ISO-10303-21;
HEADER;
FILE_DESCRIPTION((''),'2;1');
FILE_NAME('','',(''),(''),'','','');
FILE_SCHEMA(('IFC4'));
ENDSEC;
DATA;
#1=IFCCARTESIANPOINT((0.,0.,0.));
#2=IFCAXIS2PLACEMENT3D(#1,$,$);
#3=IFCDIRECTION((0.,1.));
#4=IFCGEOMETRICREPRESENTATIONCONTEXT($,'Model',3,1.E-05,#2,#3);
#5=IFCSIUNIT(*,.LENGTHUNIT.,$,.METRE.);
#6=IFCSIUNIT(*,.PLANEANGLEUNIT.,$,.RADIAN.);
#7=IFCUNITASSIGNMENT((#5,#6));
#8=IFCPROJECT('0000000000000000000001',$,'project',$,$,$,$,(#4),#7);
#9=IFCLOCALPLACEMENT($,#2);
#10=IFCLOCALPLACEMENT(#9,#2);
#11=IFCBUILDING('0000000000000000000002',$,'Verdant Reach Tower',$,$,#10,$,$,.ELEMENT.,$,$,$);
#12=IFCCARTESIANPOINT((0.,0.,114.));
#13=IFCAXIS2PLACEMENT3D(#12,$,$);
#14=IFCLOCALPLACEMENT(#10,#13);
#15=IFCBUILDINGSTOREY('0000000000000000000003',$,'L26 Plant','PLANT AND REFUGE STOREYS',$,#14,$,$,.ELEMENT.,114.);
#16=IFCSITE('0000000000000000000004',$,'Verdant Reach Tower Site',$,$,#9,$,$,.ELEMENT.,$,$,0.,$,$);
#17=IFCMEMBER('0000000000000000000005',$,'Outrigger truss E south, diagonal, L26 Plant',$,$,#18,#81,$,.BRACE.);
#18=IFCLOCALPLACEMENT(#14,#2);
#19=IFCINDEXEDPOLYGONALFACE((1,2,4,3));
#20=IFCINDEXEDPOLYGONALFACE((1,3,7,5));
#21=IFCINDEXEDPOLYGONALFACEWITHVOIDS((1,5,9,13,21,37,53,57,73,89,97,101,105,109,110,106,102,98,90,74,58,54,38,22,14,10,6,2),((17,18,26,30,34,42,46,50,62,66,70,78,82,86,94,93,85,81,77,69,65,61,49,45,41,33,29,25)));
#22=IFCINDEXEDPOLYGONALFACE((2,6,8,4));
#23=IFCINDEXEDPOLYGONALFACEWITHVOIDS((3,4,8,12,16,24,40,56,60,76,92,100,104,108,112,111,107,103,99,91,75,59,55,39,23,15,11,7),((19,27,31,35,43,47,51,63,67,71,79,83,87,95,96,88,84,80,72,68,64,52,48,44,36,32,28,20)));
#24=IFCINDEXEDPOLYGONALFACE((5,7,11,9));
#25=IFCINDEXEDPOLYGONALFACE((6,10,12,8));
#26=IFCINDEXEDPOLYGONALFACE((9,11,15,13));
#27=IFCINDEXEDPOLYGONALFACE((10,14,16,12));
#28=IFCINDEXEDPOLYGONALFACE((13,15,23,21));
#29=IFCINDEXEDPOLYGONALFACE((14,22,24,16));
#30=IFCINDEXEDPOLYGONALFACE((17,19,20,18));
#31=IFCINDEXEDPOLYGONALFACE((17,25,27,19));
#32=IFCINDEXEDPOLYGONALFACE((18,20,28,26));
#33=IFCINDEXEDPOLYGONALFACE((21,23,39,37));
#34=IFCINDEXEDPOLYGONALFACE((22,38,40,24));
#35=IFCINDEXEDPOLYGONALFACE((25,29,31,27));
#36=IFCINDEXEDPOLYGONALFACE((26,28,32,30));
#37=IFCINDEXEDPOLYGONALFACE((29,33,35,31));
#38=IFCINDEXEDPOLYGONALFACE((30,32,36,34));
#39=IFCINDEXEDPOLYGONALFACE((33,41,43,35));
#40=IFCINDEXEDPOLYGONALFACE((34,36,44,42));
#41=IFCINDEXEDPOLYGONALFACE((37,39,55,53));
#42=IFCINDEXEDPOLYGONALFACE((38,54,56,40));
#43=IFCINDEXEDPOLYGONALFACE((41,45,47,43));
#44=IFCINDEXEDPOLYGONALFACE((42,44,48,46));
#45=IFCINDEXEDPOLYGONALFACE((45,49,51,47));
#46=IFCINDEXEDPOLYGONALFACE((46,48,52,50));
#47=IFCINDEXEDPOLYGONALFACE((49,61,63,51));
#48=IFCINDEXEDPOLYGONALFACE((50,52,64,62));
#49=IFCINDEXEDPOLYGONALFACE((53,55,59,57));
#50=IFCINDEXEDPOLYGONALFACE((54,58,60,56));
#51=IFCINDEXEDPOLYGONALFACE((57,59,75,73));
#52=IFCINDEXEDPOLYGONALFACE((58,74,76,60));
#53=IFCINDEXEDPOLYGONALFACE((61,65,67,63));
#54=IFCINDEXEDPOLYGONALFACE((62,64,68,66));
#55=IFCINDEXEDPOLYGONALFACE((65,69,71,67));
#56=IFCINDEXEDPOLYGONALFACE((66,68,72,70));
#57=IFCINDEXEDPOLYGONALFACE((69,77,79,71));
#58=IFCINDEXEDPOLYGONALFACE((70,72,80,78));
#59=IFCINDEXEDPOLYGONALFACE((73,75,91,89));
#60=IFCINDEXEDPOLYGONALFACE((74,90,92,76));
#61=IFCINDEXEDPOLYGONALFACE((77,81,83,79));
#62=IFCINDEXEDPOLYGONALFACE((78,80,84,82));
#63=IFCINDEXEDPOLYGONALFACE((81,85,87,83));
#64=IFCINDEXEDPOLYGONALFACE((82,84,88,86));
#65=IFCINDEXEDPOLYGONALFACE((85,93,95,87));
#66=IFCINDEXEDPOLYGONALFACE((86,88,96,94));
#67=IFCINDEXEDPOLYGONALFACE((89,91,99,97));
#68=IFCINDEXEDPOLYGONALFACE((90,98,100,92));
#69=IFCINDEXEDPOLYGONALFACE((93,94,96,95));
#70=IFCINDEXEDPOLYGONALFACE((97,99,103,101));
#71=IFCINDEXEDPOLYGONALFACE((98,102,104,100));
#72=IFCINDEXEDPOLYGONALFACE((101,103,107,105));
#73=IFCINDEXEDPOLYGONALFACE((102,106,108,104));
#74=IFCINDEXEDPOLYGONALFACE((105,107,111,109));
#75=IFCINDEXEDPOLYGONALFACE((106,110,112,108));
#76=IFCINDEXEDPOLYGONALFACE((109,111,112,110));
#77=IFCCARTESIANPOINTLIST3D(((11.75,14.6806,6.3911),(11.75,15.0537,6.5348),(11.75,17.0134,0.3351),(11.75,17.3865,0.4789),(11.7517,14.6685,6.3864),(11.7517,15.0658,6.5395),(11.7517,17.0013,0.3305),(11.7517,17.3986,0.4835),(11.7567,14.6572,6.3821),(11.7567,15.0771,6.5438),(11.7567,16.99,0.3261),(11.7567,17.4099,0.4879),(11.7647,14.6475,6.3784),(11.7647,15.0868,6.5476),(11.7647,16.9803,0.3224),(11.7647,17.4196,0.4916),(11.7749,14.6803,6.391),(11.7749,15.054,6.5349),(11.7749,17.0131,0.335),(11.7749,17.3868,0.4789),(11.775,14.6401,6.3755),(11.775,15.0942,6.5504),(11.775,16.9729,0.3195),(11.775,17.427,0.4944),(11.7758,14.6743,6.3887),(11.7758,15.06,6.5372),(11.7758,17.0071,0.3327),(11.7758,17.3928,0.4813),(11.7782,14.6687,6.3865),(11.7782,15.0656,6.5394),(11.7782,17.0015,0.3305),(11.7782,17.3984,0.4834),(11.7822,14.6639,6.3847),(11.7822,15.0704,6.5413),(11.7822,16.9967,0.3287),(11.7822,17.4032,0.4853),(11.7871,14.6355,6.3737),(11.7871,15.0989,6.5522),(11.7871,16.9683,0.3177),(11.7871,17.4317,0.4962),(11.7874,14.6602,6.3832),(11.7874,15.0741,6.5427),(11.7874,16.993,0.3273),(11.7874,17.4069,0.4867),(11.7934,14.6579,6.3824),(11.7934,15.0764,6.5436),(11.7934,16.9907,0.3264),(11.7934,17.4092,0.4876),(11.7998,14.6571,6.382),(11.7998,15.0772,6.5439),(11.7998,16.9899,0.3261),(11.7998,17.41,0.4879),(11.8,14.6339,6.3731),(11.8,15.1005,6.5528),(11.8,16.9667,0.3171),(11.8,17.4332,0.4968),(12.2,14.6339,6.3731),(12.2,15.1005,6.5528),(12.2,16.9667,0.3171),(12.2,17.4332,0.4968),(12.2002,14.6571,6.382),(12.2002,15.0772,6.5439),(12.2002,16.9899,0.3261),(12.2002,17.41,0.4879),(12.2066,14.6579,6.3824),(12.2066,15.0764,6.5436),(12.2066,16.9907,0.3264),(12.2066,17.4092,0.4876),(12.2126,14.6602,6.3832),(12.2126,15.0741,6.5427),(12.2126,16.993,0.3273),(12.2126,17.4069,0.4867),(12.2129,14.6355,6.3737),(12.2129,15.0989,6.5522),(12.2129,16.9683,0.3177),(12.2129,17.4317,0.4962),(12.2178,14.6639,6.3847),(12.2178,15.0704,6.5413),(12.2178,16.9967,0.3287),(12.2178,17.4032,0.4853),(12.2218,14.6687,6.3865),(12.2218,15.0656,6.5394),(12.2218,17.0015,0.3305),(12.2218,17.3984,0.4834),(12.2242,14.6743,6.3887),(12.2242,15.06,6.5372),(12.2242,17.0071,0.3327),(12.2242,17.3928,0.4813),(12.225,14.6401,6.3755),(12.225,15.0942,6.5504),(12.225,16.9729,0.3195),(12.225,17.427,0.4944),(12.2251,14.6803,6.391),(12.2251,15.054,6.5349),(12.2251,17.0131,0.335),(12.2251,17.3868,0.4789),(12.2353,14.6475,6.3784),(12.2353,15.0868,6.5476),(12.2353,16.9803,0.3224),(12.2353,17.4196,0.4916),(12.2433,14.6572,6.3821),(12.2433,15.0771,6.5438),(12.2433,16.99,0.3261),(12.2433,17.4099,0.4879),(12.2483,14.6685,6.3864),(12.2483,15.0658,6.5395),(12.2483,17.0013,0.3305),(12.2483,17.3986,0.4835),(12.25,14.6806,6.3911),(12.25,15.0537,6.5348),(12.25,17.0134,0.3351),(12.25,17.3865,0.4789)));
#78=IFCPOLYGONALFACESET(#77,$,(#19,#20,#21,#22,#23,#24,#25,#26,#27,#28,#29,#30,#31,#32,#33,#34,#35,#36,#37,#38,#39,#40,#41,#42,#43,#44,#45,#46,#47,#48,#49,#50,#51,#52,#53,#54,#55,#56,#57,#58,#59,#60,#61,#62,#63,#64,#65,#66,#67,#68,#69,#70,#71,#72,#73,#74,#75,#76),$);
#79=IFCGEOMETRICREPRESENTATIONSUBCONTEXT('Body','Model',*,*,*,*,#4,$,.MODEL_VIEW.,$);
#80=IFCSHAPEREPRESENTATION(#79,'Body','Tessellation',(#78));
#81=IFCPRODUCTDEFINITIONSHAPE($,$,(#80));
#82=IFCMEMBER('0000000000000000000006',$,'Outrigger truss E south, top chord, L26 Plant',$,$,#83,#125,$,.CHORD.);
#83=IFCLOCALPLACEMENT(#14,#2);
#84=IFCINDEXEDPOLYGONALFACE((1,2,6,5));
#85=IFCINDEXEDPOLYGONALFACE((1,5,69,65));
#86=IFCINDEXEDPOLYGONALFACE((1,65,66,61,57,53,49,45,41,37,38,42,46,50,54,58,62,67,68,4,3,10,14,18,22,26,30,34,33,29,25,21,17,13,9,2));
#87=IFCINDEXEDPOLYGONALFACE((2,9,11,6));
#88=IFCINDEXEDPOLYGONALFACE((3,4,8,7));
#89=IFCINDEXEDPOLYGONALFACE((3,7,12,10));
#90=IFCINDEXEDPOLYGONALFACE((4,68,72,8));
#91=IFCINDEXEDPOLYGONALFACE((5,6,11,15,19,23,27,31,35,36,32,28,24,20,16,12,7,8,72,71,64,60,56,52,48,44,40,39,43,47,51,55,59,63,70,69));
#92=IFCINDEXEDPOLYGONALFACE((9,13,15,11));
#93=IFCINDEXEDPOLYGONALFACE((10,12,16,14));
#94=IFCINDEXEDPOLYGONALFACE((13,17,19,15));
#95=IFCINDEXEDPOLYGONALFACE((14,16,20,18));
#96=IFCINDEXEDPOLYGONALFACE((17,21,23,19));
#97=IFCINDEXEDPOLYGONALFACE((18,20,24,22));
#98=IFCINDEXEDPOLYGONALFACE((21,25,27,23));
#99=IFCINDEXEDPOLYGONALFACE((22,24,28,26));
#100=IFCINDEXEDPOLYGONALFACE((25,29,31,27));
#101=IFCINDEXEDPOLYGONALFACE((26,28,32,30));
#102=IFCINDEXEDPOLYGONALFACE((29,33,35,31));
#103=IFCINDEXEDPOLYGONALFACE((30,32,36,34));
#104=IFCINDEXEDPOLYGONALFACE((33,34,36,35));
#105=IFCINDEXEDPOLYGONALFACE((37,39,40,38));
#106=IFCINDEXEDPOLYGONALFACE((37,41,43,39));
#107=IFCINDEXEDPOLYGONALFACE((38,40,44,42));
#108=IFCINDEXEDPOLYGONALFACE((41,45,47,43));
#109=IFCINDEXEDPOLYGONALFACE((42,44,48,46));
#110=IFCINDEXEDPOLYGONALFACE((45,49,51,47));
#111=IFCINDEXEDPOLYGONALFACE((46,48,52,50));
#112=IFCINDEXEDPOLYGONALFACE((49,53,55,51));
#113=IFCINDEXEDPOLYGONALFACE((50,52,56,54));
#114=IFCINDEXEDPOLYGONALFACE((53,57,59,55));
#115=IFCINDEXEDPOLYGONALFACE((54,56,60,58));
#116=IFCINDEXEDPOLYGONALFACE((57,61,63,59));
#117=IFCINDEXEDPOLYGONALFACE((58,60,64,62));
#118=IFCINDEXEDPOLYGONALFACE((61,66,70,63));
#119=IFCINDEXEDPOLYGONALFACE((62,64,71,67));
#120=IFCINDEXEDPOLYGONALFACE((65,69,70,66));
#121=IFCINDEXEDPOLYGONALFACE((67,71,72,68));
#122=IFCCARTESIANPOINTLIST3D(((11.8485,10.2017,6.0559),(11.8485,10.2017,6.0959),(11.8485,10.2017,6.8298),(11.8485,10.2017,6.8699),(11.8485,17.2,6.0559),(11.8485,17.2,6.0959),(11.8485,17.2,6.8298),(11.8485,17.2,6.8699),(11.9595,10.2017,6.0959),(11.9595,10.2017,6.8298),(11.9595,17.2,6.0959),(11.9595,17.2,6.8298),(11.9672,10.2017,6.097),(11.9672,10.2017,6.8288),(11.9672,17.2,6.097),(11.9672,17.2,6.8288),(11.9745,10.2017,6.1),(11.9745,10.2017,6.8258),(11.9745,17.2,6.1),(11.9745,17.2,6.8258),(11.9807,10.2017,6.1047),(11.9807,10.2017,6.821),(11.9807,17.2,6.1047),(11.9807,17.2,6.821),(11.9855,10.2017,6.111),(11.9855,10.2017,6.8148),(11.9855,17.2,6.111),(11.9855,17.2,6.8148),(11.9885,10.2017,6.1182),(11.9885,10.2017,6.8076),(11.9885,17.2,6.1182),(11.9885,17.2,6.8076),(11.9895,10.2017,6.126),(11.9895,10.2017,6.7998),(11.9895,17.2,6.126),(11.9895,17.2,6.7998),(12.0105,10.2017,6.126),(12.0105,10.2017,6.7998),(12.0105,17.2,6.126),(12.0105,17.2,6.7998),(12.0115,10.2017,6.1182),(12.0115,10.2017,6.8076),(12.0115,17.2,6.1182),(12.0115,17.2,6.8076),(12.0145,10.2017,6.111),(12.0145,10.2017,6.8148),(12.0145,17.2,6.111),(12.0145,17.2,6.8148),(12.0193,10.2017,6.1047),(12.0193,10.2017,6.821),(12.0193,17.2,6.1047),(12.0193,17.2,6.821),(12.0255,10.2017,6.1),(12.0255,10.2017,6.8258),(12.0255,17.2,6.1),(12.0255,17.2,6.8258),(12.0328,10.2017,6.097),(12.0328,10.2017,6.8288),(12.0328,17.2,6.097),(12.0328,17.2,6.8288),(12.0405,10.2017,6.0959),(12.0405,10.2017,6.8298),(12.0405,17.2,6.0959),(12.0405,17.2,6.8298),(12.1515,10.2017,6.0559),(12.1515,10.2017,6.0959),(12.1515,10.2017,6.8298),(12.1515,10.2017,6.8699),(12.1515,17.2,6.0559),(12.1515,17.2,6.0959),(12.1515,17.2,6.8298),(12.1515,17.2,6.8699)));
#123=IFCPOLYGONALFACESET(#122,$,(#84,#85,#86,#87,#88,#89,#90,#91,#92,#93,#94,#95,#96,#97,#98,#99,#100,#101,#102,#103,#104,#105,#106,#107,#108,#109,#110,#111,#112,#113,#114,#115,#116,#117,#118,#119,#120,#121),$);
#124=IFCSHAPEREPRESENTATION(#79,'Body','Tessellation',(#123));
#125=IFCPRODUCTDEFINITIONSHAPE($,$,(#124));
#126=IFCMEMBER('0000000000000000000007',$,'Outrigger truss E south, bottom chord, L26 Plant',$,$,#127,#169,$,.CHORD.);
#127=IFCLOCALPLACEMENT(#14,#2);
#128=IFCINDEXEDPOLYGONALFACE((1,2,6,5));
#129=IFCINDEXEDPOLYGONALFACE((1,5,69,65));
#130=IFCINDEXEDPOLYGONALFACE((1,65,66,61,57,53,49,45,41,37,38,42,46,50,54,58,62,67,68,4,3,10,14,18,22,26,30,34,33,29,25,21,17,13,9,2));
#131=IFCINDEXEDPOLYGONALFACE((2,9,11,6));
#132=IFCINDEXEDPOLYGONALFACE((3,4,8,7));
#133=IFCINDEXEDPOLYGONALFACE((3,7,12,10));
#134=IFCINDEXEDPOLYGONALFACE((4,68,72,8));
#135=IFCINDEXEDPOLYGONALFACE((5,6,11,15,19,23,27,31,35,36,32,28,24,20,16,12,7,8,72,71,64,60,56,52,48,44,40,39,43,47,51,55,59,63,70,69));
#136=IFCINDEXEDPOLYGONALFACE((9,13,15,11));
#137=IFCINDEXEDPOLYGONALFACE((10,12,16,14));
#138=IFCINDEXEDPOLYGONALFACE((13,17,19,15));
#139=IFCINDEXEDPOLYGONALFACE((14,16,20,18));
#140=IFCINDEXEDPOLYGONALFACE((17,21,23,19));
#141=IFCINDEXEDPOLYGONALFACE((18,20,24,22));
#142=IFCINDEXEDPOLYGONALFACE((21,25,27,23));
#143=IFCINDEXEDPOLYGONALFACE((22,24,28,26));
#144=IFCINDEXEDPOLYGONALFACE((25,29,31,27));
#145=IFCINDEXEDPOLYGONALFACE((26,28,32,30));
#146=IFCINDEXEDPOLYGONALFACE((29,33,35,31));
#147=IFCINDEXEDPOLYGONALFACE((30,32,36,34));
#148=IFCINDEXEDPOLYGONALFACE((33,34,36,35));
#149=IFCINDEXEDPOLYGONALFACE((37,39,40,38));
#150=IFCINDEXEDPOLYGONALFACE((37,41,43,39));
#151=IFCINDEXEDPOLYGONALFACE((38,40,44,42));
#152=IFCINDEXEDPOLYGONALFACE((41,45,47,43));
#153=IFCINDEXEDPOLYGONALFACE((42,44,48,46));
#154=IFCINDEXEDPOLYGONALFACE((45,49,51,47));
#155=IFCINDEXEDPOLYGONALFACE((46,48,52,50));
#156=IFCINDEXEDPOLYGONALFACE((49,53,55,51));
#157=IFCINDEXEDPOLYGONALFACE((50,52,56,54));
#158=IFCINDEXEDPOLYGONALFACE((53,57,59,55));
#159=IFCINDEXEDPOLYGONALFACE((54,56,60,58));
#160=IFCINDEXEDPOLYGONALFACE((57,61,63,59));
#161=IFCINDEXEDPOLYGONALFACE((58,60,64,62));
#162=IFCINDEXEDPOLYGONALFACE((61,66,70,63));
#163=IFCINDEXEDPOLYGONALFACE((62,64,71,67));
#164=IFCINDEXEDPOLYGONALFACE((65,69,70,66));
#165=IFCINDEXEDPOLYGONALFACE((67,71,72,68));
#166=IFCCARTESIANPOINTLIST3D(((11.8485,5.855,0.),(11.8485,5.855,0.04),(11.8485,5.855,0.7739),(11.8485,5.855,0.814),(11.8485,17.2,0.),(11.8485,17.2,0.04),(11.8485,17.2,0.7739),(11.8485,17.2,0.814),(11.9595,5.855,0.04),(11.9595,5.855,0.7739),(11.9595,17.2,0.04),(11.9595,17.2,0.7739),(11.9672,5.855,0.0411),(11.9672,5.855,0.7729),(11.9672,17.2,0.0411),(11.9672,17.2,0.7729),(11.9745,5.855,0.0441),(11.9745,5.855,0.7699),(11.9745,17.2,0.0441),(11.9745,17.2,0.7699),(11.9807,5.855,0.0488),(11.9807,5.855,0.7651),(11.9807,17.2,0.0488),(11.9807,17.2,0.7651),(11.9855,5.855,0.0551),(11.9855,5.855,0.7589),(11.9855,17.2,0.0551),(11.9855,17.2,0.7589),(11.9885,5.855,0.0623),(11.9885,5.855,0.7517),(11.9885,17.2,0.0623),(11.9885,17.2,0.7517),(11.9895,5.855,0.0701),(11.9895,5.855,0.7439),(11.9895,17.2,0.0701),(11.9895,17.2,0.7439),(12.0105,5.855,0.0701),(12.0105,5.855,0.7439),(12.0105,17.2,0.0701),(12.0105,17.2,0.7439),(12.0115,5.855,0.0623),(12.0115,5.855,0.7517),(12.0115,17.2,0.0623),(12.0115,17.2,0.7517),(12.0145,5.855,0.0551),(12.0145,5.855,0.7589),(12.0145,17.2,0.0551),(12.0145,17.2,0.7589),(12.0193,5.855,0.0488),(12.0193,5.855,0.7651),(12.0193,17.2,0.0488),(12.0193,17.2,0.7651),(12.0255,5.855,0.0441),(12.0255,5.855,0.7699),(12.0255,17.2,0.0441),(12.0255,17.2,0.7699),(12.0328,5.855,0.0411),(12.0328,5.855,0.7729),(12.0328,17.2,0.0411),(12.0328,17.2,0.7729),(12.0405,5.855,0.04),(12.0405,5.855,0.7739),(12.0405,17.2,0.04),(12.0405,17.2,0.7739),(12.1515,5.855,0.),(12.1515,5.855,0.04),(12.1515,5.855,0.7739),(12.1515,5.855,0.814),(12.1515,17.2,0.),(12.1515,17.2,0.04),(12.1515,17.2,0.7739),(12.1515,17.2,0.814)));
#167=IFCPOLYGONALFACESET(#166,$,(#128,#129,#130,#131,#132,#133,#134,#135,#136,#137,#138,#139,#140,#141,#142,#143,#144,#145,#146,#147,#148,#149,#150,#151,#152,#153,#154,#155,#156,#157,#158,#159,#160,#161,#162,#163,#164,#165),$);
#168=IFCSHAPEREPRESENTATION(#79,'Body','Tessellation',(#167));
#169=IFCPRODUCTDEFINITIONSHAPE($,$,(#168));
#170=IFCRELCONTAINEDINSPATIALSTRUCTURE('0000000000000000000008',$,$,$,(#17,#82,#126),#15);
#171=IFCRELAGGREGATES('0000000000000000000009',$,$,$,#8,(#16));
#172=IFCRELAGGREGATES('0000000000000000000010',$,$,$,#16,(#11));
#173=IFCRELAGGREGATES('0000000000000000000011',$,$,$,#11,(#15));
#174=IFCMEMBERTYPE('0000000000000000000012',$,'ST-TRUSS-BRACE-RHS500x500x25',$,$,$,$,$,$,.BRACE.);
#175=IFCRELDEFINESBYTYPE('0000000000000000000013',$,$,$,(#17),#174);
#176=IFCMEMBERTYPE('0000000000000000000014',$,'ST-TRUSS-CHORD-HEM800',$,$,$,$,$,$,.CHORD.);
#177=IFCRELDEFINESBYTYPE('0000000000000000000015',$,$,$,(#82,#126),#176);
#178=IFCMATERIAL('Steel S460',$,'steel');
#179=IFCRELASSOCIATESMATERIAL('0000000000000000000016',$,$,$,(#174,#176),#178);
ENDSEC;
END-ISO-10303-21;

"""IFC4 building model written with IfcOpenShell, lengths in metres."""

from ifc_helpers import new_model, si_unit, direction, frame, origin, origin_2d, place, context, subcontext, project, spatial, hollow_rectangle, i_section, extrude, material, material_profile, profile_set, type_object, element, save


model = new_model("IFC4")

# Units and contexts
model_context = context("Model", 3, precision=1e-05, world=origin(), true_north=direction((0.0, 1.0)))
body_context = subcontext(model_context, "Body", "Model", "MODEL_VIEW")
ifc_project = project(units=[si_unit("LENGTHUNIT", "METRE"), si_unit("PLANEANGLEUNIT", "RADIAN")], contexts=[model_context])

# Site, building, storey
site_placement = place(None, origin())
site = spatial("IfcSite", under=ifc_project, at=site_placement, Name="Verdant Reach Tower Site", CompositionType="ELEMENT", RefElevation=0.0)
building_placement = place(site_placement, origin())
building = spatial("IfcBuilding", under=site, at=building_placement, Name="Verdant Reach Tower", CompositionType="ELEMENT")
storey_placement = place(building_placement, frame((0.0, 0.0, 114.0)))
storey = spatial("IfcBuildingStorey", under=building, at=storey_placement, Name="L26 Plant", Description="PLANT AND REFUGE STOREYS", CompositionType="ELEMENT", Elevation=114.0)

# Members
ifc_material_1 = material(Name="Steel S460", Category="steel")
ifc_material_profile_1 = material_profile(ifc_material_1, hollow_rectangle(XDim=0.5, YDim=0.5, WallThickness=0.0249, InnerFilletRadius=0.0249, OuterFilletRadius=0.05, at=origin_2d()), Name="RHS 500x500x25")
ifc_profile_set_1 = profile_set([ifc_material_profile_1], Name="Steel S460")
member_type_1 = type_object("IfcMemberType", Name="ST-TRUSS-BRACE-RHS500x500x25", PredefinedType="BRACE", material=ifc_profile_set_1)
member_1_placement = place(storey_placement, frame((12.0, 17.2, 0.407), z_axis=(0.0, -0.359458, 0.933161), x_axis=(1.0, 0.0, 0.0)))
element("IfcMember", 1, at=member_1_placement, inside=storey, type_object=member_type_1, Name="Outrigger truss E south, diagonal, L26 Plant", PredefinedType="BRACE", context=body_context, shape_type="SweptSolid", body=[
    extrude(hollow_rectangle(XDim=0.5, YDim=0.5, WallThickness=0.0249, InnerFilletRadius=0.0249, OuterFilletRadius=0.05, at=origin_2d()), origin(), (0.0, 0.0, 1.0), 6.4897),
])
ifc_material_profile_2 = material_profile(ifc_material_1, i_section(OverallWidth=0.303, OverallDepth=0.814, WebThickness=0.021, FlangeThickness=0.04, FilletRadius=0.03, at=origin_2d()), Name="HEM 800")
ifc_profile_set_2 = profile_set([ifc_material_profile_2], Name="Steel S460")
member_type_2 = type_object("IfcMemberType", Name="ST-TRUSS-CHORD-HEM800", PredefinedType="CHORD", material=ifc_profile_set_2)
member_2_placement = place(storey_placement, frame((12.0, 17.2, 6.4629), z_axis=(0.0, -1.0, 0.0), x_axis=(1.0, 0.0, 0.0)))
element("IfcMember", 2, at=member_2_placement, inside=storey, type_object=member_type_2, Name="Outrigger truss E south, top chord, L26 Plant", PredefinedType="CHORD", context=body_context, shape_type="SweptSolid", body=[
    extrude(i_section(OverallWidth=0.303, OverallDepth=0.814, WebThickness=0.021, FlangeThickness=0.04, FilletRadius=0.03, at=origin_2d()), origin(), (0.0, 0.0, 1.0), 6.9983),
])
member_3_placement = place(storey_placement, frame((12.0, 17.2, 0.407), z_axis=(0.0, -1.0, 0.0), x_axis=(1.0, 0.0, 0.0)))
element("IfcMember", 3, at=member_3_placement, inside=storey, type_object=member_type_2, Name="Outrigger truss E south, bottom chord, L26 Plant", PredefinedType="CHORD", context=body_context, shape_type="SweptSolid", body=[
    extrude(i_section(OverallWidth=0.303, OverallDepth=0.814, WebThickness=0.021, FlangeThickness=0.04, FilletRadius=0.03, at=origin_2d()), origin(), (0.0, 0.0, 1.0), 11.345),
])

save(model, "model.ifc")
